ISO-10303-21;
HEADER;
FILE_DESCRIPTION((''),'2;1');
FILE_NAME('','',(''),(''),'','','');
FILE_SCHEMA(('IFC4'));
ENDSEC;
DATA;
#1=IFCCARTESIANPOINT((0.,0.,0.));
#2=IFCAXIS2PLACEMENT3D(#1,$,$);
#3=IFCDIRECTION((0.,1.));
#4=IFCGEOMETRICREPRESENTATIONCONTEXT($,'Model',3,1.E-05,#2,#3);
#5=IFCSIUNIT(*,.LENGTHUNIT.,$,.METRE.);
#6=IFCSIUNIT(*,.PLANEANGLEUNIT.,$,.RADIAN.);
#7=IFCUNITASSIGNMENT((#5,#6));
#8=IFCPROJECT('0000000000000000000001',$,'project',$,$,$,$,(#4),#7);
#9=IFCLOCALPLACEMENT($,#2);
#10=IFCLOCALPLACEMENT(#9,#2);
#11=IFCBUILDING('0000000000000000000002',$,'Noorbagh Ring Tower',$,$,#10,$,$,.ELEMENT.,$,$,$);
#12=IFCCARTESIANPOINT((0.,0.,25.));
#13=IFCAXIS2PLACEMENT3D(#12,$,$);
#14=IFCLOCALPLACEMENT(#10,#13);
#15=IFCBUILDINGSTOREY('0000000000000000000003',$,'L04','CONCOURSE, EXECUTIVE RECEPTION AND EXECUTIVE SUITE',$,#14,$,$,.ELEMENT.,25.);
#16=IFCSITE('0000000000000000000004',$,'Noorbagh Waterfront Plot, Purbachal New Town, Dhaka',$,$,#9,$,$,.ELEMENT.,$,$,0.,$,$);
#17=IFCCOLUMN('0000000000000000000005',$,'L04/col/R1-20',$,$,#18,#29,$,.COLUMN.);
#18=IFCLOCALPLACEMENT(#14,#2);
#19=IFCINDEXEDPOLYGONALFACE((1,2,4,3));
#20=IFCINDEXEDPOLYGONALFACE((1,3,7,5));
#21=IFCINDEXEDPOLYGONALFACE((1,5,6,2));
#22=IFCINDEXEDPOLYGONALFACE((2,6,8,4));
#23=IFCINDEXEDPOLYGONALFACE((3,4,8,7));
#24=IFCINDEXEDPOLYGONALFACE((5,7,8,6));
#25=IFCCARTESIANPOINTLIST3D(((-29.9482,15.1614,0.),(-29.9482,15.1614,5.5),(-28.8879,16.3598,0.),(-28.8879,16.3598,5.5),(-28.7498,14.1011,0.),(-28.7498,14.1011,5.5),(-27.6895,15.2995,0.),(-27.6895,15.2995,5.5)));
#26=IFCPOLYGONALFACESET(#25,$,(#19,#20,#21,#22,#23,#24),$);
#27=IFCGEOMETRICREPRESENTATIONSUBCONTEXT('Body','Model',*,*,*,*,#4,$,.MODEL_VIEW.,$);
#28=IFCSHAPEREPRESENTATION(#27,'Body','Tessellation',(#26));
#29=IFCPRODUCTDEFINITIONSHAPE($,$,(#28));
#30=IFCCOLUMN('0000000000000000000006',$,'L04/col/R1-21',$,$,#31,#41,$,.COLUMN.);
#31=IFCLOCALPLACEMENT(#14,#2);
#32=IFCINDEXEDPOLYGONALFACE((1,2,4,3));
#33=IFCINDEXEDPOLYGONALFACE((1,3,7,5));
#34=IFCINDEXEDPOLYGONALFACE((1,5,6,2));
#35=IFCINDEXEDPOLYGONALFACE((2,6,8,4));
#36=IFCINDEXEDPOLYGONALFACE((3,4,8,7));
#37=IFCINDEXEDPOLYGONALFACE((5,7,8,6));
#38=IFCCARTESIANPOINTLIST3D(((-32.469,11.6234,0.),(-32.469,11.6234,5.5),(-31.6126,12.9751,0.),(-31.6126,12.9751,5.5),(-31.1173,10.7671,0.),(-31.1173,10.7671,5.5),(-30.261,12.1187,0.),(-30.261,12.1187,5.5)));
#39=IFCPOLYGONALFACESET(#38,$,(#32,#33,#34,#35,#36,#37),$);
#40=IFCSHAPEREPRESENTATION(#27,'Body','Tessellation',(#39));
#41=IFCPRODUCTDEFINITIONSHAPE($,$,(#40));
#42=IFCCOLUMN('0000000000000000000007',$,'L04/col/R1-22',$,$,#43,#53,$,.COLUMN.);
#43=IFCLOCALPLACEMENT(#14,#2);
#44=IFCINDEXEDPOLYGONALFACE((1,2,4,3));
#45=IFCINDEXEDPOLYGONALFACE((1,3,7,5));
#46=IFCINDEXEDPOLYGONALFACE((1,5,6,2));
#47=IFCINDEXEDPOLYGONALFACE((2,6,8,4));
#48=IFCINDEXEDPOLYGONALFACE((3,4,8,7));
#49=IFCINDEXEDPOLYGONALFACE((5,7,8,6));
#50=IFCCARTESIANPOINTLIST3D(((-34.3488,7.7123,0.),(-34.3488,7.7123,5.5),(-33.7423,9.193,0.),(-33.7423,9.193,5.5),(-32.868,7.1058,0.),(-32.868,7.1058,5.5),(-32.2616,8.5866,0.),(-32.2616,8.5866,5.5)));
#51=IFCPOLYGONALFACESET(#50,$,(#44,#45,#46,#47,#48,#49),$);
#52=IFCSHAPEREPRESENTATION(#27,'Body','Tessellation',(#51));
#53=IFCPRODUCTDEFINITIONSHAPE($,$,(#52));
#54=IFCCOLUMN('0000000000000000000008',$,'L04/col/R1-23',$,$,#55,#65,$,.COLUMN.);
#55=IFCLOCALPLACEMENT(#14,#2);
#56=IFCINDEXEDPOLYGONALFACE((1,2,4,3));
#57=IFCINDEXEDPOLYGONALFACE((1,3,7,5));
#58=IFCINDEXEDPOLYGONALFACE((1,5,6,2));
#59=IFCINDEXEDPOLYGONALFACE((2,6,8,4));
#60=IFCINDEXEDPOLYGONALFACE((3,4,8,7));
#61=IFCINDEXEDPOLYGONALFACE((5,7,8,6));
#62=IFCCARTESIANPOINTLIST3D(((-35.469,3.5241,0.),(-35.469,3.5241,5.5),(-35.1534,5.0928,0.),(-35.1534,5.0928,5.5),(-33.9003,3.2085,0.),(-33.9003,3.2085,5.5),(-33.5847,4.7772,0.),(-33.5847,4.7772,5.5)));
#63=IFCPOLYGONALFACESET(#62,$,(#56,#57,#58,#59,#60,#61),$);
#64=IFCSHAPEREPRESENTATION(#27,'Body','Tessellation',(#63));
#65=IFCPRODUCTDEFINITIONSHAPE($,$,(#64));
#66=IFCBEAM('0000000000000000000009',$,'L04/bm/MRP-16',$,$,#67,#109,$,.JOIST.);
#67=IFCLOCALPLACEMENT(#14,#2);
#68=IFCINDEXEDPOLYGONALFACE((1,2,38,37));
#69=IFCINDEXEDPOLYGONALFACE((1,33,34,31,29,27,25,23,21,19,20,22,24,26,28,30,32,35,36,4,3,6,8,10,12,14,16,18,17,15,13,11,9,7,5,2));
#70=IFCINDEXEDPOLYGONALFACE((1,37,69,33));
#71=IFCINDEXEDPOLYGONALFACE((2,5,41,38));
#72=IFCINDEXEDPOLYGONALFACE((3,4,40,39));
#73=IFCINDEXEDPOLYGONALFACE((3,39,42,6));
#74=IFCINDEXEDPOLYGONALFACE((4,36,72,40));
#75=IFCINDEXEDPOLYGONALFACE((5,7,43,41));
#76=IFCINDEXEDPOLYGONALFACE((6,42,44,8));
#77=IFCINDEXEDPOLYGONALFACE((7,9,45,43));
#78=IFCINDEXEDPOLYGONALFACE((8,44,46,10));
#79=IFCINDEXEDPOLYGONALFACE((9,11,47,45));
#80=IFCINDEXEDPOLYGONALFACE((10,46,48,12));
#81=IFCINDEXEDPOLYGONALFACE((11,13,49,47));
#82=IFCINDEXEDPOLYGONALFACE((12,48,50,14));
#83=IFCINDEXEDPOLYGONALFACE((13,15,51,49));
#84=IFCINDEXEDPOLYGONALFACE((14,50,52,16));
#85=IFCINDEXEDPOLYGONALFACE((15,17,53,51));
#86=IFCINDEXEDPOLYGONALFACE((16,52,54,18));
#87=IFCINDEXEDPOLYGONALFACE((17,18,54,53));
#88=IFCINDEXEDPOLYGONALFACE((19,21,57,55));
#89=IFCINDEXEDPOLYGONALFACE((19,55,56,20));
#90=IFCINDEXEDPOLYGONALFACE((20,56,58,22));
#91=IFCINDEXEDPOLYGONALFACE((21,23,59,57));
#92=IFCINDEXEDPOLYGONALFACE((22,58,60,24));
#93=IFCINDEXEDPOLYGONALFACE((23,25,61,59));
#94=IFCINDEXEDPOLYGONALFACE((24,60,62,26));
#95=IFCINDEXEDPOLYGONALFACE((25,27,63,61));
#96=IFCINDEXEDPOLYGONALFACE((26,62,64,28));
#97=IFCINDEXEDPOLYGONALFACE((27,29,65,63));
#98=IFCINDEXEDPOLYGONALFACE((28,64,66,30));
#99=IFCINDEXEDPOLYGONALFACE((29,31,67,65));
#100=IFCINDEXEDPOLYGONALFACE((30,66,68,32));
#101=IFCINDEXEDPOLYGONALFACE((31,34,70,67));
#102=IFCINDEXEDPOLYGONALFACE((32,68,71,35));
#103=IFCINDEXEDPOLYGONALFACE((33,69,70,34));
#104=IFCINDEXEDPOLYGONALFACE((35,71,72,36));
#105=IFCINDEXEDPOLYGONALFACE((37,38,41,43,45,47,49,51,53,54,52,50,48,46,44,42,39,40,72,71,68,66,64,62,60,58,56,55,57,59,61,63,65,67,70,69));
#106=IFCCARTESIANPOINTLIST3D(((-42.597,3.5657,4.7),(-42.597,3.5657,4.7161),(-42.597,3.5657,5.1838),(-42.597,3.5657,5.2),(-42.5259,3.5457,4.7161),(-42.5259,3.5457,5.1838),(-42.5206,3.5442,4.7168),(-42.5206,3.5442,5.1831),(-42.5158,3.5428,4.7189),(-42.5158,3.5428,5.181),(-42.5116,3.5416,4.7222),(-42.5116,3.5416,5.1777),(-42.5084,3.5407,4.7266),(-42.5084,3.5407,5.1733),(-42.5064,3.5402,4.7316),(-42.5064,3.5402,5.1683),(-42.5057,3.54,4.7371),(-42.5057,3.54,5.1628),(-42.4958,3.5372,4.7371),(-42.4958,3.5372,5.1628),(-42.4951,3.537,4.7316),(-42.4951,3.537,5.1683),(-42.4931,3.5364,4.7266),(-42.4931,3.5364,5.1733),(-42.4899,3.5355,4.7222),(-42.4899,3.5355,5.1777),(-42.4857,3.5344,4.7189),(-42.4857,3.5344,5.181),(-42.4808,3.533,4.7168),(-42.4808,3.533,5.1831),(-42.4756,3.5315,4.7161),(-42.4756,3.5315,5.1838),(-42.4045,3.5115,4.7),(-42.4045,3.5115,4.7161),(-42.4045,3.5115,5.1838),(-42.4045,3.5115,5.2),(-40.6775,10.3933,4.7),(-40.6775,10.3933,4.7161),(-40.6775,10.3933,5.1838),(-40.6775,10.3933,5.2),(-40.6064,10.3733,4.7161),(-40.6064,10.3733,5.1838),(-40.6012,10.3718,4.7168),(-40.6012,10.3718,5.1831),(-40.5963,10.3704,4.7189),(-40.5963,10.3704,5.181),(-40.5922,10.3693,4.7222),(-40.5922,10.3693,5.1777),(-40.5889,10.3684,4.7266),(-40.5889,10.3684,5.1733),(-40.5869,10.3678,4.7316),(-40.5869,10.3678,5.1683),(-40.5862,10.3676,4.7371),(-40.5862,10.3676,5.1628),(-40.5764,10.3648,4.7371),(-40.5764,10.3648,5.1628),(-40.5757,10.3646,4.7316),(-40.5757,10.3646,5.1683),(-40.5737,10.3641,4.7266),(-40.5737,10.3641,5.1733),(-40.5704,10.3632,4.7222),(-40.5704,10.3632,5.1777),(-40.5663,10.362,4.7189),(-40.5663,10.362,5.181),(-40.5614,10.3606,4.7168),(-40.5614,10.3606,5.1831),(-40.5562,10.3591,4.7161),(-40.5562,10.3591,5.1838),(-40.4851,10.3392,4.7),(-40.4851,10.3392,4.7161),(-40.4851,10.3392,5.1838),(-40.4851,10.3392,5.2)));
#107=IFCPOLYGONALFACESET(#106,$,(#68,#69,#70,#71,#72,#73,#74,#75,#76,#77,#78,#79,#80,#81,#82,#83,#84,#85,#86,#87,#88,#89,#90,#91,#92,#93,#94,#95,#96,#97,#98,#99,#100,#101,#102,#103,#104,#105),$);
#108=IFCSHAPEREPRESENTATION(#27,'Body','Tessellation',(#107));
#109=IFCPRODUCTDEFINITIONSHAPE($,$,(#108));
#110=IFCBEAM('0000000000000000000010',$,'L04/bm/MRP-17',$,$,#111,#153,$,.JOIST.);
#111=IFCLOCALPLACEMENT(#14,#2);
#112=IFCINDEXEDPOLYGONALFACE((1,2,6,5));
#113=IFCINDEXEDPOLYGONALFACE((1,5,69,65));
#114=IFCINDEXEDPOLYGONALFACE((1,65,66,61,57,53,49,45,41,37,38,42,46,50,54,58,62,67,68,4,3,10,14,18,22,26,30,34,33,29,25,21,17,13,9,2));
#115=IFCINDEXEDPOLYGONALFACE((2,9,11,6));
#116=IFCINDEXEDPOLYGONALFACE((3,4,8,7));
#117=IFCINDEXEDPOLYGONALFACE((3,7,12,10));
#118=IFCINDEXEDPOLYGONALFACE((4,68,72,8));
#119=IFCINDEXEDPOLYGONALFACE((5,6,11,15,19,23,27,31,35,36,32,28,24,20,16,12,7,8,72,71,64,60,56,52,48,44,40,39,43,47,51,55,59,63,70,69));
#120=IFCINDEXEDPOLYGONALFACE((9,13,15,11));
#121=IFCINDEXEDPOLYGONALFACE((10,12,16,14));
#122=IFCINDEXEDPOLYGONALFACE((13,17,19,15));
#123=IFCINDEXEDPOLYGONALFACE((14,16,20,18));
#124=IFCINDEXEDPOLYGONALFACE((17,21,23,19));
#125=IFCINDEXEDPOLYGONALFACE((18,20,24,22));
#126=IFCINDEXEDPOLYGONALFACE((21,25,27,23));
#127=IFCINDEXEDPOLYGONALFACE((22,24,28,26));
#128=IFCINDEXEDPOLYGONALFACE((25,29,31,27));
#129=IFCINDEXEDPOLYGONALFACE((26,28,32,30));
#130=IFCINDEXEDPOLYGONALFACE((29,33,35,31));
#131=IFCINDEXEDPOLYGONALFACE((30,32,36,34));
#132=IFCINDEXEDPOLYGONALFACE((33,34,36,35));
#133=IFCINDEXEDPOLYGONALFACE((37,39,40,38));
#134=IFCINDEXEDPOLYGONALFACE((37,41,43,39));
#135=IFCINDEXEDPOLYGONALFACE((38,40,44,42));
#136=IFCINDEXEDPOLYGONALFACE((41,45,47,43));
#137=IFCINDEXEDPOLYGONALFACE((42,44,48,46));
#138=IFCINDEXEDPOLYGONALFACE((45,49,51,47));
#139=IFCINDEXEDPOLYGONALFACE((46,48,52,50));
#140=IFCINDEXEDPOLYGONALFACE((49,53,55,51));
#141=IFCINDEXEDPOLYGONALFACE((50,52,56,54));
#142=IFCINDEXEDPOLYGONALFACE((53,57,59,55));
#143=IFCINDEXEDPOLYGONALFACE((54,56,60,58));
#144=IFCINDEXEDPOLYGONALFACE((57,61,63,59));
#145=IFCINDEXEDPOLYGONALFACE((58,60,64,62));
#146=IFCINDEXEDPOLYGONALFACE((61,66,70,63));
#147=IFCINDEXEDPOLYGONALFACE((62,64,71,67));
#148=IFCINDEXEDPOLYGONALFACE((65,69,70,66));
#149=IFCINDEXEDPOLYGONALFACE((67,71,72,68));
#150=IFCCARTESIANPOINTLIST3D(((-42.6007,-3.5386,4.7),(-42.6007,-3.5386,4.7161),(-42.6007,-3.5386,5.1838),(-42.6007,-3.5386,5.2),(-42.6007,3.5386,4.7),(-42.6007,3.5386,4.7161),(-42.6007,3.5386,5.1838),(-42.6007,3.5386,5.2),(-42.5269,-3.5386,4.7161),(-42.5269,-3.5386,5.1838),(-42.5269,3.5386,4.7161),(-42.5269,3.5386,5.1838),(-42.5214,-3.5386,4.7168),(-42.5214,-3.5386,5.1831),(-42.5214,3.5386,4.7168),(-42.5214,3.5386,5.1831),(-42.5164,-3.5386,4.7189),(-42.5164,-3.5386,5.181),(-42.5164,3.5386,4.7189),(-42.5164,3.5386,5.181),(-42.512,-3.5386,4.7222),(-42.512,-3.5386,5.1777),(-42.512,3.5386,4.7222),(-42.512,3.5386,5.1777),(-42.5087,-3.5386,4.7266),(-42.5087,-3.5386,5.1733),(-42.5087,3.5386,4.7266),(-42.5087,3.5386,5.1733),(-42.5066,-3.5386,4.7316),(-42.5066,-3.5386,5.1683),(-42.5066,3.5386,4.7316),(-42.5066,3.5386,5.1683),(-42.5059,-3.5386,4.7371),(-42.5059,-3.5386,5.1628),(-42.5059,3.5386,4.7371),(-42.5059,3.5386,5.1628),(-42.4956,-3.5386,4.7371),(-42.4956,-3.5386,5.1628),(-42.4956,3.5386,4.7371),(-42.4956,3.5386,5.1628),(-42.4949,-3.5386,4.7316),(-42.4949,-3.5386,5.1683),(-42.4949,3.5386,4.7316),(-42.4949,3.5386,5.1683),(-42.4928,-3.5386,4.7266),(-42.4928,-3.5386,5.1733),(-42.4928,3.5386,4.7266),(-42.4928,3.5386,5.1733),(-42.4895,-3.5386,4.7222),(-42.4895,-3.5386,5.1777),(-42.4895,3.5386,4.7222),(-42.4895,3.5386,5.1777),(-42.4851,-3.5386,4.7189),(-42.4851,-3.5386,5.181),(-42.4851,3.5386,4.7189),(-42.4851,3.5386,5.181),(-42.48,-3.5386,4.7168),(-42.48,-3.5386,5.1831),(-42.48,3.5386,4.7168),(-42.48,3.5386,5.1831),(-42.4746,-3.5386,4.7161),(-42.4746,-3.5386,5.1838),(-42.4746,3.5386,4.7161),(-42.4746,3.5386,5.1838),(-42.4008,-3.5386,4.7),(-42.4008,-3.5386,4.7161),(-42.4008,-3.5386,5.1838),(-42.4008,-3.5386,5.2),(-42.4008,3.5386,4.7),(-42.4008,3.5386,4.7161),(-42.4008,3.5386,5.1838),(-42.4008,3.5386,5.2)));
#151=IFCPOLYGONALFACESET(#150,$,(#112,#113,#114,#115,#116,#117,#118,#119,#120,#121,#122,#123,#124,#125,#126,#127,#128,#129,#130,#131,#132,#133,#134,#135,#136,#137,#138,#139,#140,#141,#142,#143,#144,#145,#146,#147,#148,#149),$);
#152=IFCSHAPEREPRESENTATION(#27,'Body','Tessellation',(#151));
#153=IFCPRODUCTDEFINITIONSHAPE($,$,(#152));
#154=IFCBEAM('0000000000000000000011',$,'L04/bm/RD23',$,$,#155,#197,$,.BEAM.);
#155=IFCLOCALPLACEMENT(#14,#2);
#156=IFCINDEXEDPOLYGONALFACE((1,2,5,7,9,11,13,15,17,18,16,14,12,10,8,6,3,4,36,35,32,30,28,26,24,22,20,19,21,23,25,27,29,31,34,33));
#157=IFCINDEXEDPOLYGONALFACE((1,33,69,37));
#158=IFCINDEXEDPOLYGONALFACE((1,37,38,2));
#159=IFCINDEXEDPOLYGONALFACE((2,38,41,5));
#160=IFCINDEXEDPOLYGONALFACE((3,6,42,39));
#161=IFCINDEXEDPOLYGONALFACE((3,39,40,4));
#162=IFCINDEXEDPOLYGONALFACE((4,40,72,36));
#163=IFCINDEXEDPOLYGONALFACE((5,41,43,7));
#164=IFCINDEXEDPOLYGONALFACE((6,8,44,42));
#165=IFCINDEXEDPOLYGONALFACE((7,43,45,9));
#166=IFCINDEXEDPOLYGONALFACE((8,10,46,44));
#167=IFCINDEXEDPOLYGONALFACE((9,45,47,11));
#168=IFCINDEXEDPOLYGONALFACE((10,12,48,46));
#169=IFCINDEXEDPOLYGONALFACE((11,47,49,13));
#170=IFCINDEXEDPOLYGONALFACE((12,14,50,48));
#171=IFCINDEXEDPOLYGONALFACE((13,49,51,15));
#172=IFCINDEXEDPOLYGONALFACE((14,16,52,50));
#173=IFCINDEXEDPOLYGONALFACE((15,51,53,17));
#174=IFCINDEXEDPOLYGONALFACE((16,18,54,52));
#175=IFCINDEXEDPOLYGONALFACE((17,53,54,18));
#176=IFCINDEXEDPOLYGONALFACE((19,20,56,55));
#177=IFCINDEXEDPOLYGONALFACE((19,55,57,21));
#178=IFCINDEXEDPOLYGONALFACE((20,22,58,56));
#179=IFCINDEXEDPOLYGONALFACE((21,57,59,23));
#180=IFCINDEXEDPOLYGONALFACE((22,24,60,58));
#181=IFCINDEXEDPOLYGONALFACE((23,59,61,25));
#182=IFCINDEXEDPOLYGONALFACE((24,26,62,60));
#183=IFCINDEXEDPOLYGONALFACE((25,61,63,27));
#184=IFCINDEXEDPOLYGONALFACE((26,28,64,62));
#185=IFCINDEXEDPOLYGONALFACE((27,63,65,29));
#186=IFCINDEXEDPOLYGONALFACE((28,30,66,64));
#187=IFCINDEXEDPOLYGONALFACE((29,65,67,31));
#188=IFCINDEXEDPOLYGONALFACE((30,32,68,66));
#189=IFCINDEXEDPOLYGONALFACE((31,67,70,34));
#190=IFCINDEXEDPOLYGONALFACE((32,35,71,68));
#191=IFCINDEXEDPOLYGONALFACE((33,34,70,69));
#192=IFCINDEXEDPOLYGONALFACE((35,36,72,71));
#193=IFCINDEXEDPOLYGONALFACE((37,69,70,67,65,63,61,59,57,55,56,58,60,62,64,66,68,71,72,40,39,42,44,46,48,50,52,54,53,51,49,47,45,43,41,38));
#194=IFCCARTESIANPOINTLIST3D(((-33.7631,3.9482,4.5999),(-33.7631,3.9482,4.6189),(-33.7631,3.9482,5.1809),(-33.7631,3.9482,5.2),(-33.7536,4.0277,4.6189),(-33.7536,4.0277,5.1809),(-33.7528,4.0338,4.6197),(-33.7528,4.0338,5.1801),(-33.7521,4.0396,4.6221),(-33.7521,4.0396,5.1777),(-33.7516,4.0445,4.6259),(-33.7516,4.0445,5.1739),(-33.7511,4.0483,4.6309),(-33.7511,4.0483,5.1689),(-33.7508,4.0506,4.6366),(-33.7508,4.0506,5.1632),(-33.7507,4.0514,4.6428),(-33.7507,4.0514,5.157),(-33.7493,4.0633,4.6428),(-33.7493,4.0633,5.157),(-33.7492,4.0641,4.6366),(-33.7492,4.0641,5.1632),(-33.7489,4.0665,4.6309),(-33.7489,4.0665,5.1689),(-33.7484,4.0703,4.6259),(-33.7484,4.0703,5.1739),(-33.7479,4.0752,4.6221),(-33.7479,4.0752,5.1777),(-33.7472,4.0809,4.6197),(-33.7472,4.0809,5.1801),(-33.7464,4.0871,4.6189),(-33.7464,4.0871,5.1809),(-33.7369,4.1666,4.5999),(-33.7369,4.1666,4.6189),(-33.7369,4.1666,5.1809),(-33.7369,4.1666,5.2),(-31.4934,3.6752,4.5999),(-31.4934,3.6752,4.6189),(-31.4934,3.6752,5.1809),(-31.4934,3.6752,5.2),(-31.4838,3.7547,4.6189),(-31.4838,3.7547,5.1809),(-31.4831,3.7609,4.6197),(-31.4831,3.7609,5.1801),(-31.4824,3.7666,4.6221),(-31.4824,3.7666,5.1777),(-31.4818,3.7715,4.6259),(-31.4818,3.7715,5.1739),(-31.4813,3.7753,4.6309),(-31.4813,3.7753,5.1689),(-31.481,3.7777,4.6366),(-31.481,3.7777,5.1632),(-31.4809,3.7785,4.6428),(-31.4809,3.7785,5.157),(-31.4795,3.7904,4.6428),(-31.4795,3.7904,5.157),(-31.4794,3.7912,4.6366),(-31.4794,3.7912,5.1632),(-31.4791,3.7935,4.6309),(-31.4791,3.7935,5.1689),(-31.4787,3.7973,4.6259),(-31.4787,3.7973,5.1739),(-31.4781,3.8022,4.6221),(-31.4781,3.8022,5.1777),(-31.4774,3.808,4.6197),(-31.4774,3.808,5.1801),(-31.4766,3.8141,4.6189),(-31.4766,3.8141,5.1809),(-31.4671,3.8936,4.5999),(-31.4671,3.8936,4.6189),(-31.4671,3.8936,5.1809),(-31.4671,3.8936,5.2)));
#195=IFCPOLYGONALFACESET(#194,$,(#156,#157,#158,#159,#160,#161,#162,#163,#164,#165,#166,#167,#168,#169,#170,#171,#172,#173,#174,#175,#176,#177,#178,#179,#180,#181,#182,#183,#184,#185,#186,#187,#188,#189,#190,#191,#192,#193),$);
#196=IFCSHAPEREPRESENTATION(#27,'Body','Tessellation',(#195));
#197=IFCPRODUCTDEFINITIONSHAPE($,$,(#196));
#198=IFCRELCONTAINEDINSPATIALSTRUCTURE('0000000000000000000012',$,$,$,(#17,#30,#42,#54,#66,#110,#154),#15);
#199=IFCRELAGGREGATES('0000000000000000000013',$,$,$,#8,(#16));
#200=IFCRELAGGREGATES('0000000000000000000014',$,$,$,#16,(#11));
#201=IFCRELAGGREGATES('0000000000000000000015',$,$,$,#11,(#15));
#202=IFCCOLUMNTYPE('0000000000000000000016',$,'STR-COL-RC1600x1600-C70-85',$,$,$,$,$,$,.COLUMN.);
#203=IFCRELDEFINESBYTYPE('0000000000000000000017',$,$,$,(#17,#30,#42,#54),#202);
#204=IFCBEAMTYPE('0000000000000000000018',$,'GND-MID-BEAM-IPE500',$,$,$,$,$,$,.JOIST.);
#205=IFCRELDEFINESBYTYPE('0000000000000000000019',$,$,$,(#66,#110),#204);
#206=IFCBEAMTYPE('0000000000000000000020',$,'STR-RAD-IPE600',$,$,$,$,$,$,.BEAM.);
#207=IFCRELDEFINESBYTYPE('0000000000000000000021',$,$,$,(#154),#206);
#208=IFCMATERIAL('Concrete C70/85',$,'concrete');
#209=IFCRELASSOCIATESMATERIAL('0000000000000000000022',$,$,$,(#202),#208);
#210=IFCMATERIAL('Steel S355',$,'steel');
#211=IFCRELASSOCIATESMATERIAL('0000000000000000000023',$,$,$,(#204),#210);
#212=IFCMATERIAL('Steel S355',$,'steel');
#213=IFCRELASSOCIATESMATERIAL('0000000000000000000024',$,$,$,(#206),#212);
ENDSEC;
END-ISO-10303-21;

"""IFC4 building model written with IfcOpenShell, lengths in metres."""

from ifc_helpers import new_model, si_unit, direction, frame, origin, origin_2d, place, context, subcontext, project, spatial, rectangle, i_section, extrude, material, material_profile, profile_set, type_object, element, save


model = new_model("IFC4")

# Units and contexts
model_context = context("Model", 3, precision=1e-05, world=origin(), true_north=direction((0.0, 1.0)))
body_context = subcontext(model_context, "Body", "Model", "MODEL_VIEW")
ifc_project = project(units=[si_unit("LENGTHUNIT", "METRE"), si_unit("PLANEANGLEUNIT", "RADIAN")], contexts=[model_context])

# Site, building, storey
site_placement = place(None, origin())
site = spatial("IfcSite", under=ifc_project, at=site_placement, Name="Noorbagh Waterfront Plot, Purbachal New Town, Dhaka", CompositionType="ELEMENT", RefElevation=0.0)
building_placement = place(site_placement, origin())
building = spatial("IfcBuilding", under=site, at=building_placement, Name="Noorbagh Ring Tower", CompositionType="ELEMENT")
storey_placement = place(building_placement, frame((0.0, 0.0, 25.0)))
storey = spatial("IfcBuildingStorey", under=building, at=storey_placement, Name="L04", Description="CONCOURSE, EXECUTIVE RECEPTION AND EXECUTIVE SUITE", CompositionType="ELEMENT", Elevation=25.0)

# Columns
ifc_material_1 = material(Name="Concrete C70/85", Category="concrete")
ifc_material_profile_1 = material_profile(ifc_material_1, rectangle(XDim=1.6001, YDim=1.6001, at=origin_2d()), Name="RC1600x1600")
ifc_profile_set_1 = profile_set([ifc_material_profile_1], Name="Concrete C70/85")
column_type = type_object("IfcColumnType", Name="STR-COL-RC1600x1600-C70-85", PredefinedType="COLUMN", material=ifc_profile_set_1)
for number, where, z_axis, x_axis, name in (
    (1, (-28.8188, 15.2305, 0.0), (0.0, 0.0, 1.0), (-0.662636, -0.748942, 0.0), "L04/col/R1-20"),
    (2, (-31.365, 11.8711, 0.0), (0.0, 0.0, 1.0), (-0.53519, -0.844731, 0.0), "L04/col/R1-21"),
    (3, (-33.3052, 8.1494, 0.0), (0.0, 0.0, 1.0), (-0.378989, -0.925401, 0.0), "L04/col/R1-22"),
    (4, (-34.5269, 4.1506, 0.0), (0.0, 0.0, 1.0), (-0.19723, -0.980357, 0.0), "L04/col/R1-23"),
):
    element("IfcColumn", number, at=place(storey_placement, frame(where, z_axis=z_axis, x_axis=x_axis)), inside=storey, type_object=column_type, Name=name, PredefinedType="COLUMN", context=body_context, shape_type="SweptSolid", body=[
        extrude(rectangle(XDim=1.6001, YDim=1.6001, at=origin_2d()), origin(), (0.0, 0.0, 1.0), 5.5),
    ])

# Beams
ifc_material_2 = material(Name="Steel S355", Category="steel")
ifc_material_profile_2 = material_profile(ifc_material_2, i_section(OverallWidth=0.2, OverallDepth=0.5, WebThickness=0.0103, FlangeThickness=0.0161, FilletRadius=0.021, at=origin_2d()), Name="IPE500")
ifc_profile_set_2 = profile_set([ifc_material_profile_2], Name="Steel S355")
beam_type_1 = type_object("IfcBeamType", Name="GND-MID-BEAM-IPE500", PredefinedType="JOIST", material=ifc_profile_set_2)
beam_1_placement = place(storey_placement, frame((-40.5813, 10.3662, 4.95), z_axis=(-0.270636, -0.962682, 0.0), x_axis=(0.962682, -0.270636, 0.0)))
element("IfcBeam", 5, at=beam_1_placement, inside=storey, type_object=beam_type_1, Name="L04/bm/MRP-16", PredefinedType="JOIST", context=body_context, shape_type="SweptSolid", body=[
    extrude(i_section(OverallWidth=0.2, OverallDepth=0.5, WebThickness=0.0103, FlangeThickness=0.0161, FilletRadius=0.021, at=origin_2d()), origin(), (0.0, 0.0, 1.0), 7.0923),
])
beam_2_placement = place(storey_placement, frame((-42.5007, 3.5386, 4.95), z_axis=(0.0, -1.0, 0.0), x_axis=(1.0, 0.0, 0.0)))
element("IfcBeam", 6, at=beam_2_placement, inside=storey, type_object=beam_type_1, Name="L04/bm/MRP-17", PredefinedType="JOIST", context=body_context, shape_type="SweptSolid", body=[
    extrude(i_section(OverallWidth=0.2, OverallDepth=0.5, WebThickness=0.0103, FlangeThickness=0.0161, FilletRadius=0.021, at=origin_2d()), origin(), (0.0, 0.0, 1.0), 7.0771),
])
ifc_material_3 = material(Name="Steel S355", Category="steel")
ifc_material_profile_3 = material_profile(ifc_material_3, i_section(OverallWidth=0.22, OverallDepth=0.6001, WebThickness=0.012, FlangeThickness=0.019, FilletRadius=0.0239, at=origin_2d()), Name="IPE600")
ifc_profile_set_3 = profile_set([ifc_material_profile_3], Name="Steel S355")
beam_type_2 = type_object("IfcBeamType", Name="STR-RAD-IPE600", PredefinedType="BEAM", material=ifc_profile_set_3)
beam_3_placement = place(storey_placement, frame((-33.75, 4.0574, 4.8999), z_axis=(0.992847, -0.119394, 0.0), x_axis=(0.119394, 0.992847, 0.0)))
element("IfcBeam", 7, at=beam_3_placement, inside=storey, type_object=beam_type_2, Name="L04/bm/RD23", PredefinedType="BEAM", context=body_context, shape_type="SweptSolid", body=[
    extrude(i_section(OverallWidth=0.22, OverallDepth=0.6001, WebThickness=0.012, FlangeThickness=0.019, FilletRadius=0.0239, at=origin_2d()), origin(), (0.0, 0.0, 1.0), 2.2861),
])

save(model, "model.ifc")
